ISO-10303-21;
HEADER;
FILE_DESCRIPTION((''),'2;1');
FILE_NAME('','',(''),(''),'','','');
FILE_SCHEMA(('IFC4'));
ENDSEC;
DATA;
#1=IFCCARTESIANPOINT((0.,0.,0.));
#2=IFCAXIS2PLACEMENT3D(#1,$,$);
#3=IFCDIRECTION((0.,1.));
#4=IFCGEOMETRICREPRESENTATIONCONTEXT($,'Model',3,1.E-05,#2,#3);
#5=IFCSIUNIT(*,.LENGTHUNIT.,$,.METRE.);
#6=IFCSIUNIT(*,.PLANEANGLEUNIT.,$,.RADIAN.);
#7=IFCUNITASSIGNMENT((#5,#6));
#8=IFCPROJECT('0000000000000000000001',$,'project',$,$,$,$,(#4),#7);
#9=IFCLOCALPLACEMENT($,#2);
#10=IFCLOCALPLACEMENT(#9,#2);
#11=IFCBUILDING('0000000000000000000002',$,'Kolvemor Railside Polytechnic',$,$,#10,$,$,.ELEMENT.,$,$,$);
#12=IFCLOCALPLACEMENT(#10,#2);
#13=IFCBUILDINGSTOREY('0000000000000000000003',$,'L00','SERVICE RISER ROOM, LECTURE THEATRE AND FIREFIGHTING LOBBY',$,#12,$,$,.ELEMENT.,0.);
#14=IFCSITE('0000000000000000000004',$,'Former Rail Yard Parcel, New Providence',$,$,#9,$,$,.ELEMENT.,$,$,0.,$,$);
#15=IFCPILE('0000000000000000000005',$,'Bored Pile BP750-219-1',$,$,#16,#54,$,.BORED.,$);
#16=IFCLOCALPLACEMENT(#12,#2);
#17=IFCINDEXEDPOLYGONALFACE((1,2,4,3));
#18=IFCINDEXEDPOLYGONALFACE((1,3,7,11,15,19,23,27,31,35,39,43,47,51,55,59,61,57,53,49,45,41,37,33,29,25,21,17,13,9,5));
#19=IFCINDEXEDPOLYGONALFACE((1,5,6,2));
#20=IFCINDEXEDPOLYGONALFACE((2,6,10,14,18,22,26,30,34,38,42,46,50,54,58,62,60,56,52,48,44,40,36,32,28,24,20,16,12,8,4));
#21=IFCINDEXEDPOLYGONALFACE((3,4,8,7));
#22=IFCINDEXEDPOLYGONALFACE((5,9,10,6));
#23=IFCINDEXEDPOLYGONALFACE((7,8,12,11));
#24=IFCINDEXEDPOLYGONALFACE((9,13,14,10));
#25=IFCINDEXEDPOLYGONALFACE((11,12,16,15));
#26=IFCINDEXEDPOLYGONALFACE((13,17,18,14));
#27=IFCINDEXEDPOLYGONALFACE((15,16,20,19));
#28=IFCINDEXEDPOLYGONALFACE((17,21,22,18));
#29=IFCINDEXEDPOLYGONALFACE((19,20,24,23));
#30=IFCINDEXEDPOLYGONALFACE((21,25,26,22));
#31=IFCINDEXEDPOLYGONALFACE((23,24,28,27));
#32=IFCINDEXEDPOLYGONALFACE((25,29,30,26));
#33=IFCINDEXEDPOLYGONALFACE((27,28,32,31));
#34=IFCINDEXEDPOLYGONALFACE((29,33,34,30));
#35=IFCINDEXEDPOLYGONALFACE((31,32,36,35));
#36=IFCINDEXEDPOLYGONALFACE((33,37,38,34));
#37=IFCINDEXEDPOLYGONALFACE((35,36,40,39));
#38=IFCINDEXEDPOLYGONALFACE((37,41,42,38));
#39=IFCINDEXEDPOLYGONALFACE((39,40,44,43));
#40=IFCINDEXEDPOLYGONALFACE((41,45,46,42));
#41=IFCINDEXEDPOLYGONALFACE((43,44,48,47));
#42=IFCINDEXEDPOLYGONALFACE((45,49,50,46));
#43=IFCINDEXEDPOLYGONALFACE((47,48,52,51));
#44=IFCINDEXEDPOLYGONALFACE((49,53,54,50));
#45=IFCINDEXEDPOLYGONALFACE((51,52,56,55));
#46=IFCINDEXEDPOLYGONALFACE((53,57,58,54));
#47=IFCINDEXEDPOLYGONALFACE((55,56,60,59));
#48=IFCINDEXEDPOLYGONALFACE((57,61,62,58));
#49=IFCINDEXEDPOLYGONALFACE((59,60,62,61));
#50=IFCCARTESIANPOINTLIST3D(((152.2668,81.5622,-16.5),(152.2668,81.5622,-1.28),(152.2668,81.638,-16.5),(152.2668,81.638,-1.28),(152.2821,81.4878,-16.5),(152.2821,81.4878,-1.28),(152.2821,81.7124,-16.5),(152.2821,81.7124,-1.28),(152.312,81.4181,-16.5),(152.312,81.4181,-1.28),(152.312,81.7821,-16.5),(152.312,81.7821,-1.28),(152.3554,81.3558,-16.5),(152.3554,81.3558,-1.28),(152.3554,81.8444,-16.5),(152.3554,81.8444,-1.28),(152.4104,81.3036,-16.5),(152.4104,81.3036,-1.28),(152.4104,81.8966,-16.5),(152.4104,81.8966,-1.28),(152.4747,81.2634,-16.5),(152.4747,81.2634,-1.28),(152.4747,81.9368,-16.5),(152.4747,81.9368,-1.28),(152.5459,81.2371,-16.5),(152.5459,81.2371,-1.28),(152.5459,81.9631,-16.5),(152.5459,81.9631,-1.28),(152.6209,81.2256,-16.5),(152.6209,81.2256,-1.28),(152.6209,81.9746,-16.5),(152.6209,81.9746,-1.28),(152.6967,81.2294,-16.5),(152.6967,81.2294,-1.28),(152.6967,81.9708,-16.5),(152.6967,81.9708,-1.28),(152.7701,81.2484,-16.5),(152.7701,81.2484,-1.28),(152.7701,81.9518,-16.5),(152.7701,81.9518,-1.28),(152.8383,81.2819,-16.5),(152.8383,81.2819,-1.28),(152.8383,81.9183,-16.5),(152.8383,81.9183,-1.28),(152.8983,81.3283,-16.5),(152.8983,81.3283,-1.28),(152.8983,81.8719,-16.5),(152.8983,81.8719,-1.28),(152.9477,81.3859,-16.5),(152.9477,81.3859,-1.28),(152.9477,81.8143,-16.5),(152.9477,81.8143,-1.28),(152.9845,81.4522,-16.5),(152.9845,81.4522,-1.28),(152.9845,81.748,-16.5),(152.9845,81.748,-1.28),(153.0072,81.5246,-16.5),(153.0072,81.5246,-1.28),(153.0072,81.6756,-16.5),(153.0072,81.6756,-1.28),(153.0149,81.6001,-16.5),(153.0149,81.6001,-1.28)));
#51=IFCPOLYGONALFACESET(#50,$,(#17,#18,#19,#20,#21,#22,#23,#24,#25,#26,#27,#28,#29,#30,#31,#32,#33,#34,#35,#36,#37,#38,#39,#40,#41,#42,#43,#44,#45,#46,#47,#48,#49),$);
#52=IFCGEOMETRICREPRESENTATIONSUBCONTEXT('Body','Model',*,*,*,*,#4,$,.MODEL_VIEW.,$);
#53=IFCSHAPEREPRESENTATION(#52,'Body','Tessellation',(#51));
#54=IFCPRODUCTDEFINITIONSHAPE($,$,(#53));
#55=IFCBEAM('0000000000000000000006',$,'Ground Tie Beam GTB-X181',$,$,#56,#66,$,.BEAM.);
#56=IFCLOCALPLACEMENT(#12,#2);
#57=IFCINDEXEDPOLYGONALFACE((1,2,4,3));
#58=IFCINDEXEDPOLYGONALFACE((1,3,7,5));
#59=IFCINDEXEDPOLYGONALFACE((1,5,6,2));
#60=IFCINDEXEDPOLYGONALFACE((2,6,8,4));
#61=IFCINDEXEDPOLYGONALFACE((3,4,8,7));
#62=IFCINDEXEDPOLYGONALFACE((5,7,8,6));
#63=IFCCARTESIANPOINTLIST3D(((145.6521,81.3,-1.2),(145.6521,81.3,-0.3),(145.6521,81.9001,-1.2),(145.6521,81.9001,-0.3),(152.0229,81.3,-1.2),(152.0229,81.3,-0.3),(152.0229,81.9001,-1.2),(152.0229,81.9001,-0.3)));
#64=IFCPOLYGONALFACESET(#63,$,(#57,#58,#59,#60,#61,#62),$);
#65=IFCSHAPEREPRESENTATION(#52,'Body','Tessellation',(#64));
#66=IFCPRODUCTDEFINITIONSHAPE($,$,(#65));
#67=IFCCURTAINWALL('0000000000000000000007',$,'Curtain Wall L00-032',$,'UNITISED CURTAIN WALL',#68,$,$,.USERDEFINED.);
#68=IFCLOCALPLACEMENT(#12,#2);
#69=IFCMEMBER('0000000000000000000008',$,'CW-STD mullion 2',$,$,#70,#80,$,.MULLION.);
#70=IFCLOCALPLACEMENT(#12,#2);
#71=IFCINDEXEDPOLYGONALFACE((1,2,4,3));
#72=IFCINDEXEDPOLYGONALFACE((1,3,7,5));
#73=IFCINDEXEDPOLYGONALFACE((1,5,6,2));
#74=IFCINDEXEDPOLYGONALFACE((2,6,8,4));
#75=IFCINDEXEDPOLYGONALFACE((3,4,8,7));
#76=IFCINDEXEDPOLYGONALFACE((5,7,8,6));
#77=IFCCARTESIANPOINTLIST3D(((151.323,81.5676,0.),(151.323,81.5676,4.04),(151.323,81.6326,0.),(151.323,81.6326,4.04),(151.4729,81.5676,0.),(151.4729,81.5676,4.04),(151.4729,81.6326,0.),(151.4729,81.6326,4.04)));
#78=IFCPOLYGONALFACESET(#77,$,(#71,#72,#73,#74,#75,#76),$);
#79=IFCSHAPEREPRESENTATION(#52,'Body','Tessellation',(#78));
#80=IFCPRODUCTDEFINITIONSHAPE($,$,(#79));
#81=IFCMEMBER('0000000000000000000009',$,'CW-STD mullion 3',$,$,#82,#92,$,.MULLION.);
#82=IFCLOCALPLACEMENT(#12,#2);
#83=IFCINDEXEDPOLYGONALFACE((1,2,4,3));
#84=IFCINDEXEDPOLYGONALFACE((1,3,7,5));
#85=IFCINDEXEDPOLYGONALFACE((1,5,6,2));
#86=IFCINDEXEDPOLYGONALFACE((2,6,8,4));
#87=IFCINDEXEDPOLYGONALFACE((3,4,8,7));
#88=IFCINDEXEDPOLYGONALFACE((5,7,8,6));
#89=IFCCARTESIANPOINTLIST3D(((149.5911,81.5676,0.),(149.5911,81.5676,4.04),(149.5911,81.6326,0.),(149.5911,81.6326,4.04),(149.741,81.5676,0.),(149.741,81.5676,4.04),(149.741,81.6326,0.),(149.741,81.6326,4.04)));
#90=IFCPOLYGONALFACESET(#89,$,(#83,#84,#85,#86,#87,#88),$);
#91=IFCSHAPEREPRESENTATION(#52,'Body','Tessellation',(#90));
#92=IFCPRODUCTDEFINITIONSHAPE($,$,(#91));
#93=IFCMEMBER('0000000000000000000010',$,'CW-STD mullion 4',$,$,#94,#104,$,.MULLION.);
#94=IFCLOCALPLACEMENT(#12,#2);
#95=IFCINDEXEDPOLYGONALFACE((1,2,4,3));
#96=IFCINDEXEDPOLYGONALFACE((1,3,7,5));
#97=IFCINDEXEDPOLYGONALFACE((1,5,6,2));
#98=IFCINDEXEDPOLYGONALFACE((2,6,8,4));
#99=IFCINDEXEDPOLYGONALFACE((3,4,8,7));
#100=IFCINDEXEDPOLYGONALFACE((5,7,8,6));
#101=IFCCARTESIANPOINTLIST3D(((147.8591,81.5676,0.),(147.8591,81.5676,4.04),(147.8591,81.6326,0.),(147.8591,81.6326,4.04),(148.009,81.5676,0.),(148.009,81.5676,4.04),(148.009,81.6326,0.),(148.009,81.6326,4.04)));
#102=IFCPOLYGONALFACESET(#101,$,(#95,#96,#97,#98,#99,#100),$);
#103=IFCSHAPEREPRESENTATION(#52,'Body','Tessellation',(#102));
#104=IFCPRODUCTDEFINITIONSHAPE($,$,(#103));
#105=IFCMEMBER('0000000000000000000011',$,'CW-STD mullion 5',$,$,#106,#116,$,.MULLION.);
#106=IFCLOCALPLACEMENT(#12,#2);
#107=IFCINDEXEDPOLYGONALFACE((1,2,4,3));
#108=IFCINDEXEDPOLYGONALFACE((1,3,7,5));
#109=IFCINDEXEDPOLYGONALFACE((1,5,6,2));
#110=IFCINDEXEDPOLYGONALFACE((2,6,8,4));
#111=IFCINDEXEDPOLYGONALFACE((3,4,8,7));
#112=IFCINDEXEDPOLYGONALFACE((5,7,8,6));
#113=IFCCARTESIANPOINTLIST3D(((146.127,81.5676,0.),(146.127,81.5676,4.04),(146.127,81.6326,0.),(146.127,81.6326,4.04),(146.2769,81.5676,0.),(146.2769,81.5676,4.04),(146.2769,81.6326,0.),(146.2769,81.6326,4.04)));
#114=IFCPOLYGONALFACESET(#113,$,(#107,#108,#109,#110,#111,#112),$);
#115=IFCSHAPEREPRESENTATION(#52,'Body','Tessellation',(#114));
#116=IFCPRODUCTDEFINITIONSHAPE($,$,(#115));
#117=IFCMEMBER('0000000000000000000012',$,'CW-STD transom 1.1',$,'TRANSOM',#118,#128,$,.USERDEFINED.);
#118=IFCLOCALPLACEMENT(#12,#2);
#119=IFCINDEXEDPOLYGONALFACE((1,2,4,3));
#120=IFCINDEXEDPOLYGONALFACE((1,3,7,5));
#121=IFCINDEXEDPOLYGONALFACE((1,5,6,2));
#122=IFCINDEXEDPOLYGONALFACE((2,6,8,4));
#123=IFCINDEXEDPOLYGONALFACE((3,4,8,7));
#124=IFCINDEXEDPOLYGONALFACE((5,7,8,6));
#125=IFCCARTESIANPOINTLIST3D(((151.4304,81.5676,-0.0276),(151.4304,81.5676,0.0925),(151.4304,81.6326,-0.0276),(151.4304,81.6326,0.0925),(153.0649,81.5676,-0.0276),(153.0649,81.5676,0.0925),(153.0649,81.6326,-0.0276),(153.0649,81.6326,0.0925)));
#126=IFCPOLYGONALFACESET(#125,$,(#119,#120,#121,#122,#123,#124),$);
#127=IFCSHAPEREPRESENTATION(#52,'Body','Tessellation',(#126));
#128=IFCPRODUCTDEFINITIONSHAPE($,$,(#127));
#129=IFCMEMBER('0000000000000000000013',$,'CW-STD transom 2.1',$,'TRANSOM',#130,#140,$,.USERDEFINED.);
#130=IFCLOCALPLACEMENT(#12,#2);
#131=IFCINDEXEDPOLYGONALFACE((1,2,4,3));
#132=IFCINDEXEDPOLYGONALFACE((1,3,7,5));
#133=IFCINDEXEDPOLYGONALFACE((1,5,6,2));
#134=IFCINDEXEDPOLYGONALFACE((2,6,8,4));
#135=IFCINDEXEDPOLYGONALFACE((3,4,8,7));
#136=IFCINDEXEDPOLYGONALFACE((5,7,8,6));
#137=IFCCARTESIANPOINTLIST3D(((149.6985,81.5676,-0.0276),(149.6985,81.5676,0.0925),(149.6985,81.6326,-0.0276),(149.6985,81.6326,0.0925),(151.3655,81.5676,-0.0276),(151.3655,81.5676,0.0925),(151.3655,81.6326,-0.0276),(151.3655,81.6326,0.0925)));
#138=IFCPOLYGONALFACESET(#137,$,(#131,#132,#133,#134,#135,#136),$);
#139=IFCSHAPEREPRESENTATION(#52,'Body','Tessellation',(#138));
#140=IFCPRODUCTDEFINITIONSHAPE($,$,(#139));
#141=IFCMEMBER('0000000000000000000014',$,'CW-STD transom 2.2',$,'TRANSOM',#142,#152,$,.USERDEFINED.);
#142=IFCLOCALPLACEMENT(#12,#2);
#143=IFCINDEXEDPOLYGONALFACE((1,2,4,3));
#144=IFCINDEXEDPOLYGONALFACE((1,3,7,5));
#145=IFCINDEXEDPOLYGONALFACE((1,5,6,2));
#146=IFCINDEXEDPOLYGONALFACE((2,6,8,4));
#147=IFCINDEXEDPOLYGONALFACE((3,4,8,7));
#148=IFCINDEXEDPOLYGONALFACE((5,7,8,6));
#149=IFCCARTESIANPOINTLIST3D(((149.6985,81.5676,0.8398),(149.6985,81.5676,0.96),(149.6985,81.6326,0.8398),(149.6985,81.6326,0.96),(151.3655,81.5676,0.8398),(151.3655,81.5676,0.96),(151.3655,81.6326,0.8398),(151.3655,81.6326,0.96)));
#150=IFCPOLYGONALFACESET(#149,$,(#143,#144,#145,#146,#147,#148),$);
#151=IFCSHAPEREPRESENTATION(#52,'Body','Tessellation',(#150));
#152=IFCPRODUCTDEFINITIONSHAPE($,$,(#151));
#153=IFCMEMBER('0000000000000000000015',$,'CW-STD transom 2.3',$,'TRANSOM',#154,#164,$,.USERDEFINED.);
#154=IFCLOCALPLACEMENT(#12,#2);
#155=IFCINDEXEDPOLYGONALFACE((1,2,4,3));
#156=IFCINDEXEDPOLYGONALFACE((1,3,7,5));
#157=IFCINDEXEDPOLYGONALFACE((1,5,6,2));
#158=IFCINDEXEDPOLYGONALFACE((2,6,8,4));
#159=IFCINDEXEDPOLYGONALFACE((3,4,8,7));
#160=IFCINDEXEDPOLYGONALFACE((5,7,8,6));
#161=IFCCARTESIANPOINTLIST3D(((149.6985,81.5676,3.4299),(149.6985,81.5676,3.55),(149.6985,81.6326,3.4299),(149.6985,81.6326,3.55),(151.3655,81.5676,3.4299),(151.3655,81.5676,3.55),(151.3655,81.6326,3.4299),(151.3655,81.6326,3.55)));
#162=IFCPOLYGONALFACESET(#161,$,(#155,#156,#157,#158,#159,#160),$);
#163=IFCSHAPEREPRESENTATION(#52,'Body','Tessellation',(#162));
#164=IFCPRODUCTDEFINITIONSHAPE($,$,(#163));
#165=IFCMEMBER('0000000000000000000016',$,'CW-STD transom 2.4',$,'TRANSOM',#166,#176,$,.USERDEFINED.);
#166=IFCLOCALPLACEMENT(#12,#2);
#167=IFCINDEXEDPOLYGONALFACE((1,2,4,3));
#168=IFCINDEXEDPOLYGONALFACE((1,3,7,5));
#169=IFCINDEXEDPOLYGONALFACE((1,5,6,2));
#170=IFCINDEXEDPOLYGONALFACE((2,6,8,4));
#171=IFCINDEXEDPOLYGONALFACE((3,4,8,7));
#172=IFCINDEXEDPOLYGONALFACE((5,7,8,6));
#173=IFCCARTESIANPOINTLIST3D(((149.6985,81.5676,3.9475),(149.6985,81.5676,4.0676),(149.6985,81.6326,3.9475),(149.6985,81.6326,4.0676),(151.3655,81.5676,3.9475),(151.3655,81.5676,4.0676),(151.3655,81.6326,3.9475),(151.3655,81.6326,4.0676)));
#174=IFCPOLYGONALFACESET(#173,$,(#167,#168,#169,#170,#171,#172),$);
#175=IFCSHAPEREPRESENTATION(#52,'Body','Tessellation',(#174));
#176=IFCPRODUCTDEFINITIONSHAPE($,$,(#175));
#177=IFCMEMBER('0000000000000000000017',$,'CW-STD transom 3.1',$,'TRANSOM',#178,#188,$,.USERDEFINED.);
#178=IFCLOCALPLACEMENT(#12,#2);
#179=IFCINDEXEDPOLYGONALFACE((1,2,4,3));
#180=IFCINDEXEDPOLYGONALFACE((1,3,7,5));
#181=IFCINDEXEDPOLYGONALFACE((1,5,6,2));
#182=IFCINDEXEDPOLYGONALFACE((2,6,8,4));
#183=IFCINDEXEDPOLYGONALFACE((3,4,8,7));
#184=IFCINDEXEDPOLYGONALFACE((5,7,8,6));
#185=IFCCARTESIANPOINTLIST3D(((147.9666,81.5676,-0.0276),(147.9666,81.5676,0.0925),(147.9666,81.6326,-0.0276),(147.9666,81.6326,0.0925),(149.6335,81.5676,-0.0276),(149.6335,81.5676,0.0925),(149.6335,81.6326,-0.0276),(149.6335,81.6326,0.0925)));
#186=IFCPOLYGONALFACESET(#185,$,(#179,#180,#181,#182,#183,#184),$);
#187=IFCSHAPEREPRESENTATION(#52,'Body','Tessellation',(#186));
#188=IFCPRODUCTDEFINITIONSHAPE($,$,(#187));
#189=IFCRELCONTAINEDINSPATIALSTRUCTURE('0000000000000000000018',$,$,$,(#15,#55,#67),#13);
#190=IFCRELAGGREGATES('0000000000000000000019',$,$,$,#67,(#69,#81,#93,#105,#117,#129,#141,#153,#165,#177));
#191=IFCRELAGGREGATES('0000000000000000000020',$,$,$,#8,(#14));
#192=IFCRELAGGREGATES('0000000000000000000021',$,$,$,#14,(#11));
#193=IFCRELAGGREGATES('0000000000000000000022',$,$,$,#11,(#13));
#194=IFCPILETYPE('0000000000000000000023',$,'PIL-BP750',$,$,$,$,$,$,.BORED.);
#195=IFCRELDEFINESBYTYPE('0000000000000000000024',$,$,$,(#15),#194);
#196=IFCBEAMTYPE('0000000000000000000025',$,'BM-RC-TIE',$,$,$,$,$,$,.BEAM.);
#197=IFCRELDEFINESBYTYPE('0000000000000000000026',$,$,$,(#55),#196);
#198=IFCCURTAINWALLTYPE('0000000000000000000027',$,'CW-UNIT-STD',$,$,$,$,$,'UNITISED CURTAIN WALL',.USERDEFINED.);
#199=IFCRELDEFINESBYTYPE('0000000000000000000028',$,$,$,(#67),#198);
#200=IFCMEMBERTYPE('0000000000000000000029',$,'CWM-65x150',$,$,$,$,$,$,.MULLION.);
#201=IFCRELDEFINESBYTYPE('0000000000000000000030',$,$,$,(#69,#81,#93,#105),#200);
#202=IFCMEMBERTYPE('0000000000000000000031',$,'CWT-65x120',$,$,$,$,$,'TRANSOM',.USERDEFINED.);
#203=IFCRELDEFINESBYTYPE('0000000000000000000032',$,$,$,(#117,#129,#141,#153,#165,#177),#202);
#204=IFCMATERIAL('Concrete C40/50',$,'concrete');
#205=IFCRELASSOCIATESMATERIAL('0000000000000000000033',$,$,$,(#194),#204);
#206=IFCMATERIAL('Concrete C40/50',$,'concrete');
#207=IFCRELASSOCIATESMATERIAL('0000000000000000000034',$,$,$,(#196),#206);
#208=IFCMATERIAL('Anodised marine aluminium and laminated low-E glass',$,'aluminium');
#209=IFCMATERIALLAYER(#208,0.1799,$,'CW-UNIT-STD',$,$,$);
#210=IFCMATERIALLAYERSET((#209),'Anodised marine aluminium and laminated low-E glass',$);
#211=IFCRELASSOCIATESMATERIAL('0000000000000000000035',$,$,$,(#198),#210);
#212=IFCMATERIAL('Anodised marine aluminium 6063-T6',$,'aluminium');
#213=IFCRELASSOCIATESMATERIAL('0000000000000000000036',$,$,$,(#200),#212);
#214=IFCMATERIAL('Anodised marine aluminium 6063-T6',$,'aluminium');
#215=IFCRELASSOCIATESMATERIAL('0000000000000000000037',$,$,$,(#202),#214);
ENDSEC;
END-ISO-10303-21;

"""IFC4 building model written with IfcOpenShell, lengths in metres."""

from ifc_helpers import new_model, si_unit, direction, frame, origin, origin_2d, place, context, subcontext, project, spatial, rectangle, circle, extrude, material, layer, layer_set, material_profile, profile_set, type_object, element, aggregate, save


model = new_model("IFC4")

# Units and contexts
model_context = context("Model", 3, precision=1e-05, world=origin(), true_north=direction((0.0, 1.0)))
body_context = subcontext(model_context, "Body", "Model", "MODEL_VIEW")
ifc_project = project(units=[si_unit("LENGTHUNIT", "METRE"), si_unit("PLANEANGLEUNIT", "RADIAN")], contexts=[model_context])

# Site, building, storey
site_placement = place(None, origin())
site = spatial("IfcSite", under=ifc_project, at=site_placement, Name="Former Rail Yard Parcel, New Providence", CompositionType="ELEMENT", RefElevation=0.0)
building_placement = place(site_placement, origin())
building = spatial("IfcBuilding", under=site, at=building_placement, Name="Kolvemor Railside Polytechnic", CompositionType="ELEMENT")
storey_placement = place(building_placement, origin())
storey = spatial("IfcBuildingStorey", under=building, at=storey_placement, Name="L00", Description="SERVICE RISER ROOM, LECTURE THEATRE AND FIREFIGHTING LOBBY", CompositionType="ELEMENT", Elevation=0.0)

# Pile
ifc_material_1 = material(Name="Concrete C40/50", Category="concrete")
ifc_material_profile_1 = material_profile(ifc_material_1, circle(Radius=0.375, at=origin_2d()), Name="BP750")
ifc_profile_set_1 = profile_set([ifc_material_profile_1], Name="Concrete C40/50")
pile_type = type_object("IfcPileType", Name="PIL-BP750", PredefinedType="BORED", material=ifc_profile_set_1)
pile_placement = place(storey_placement, frame((152.6399, 81.6001, -1.28), z_axis=(0.0, 0.0, -1.0), x_axis=(1.0, 0.0, 0.0)))
element("IfcPile", 1, at=pile_placement, inside=storey, type_object=pile_type, Name="Bored Pile BP750-219-1", PredefinedType="BORED", context=body_context, shape_type="SweptSolid", body=[
    extrude(circle(Radius=0.375, at=origin_2d()), origin(), (0.0, 0.0, 1.0), 15.22),
])

# Beam
ifc_material_2 = material(Name="Concrete C40/50", Category="concrete")
ifc_material_profile_2 = material_profile(ifc_material_2, rectangle(XDim=0.6001, YDim=0.8999, at=origin_2d()), Name="RC600x900")
ifc_profile_set_2 = profile_set([ifc_material_profile_2], Name="Concrete C40/50")
beam_type = type_object("IfcBeamType", Name="BM-RC-TIE", PredefinedType="BEAM", material=ifc_profile_set_2)
beam_placement = place(storey_placement, frame((145.6521, 81.6001, -0.75), z_axis=(1.0, 0.0, 0.0), x_axis=(0.0, 1.0, 0.0)))
element("IfcBeam", 2, at=beam_placement, inside=storey, type_object=beam_type, Name="Ground Tie Beam GTB-X181", PredefinedType="BEAM", context=body_context, shape_type="SweptSolid", body=[
    extrude(rectangle(XDim=0.6001, YDim=0.8999, at=origin_2d()), origin(), (0.0, 0.0, 1.0), 6.3708),
])

# Curtain wall, members
ifc_material_3 = material(Name="Anodised marine aluminium and laminated low-E glass", Category="aluminium")
ifc_layer_1 = layer(ifc_material_3, 0.1799, Name="CW-UNIT-STD")
ifc_layer_set_1 = layer_set([ifc_layer_1], Name="Anodised marine aluminium and laminated low-E glass")
curtain_wall_type = type_object("IfcCurtainWallType", Name="CW-UNIT-STD", ElementType="UNITISED CURTAIN WALL", PredefinedType="USERDEFINED", material=ifc_layer_set_1)
curtain_wall_placement = place(storey_placement, origin())
curtain_wall = element("IfcCurtainWall", 3, at=curtain_wall_placement, inside=storey, type_object=curtain_wall_type, Name="Curtain Wall L00-032", ObjectType="UNITISED CURTAIN WALL", PredefinedType="USERDEFINED")
ifc_material_4 = material(Name="Anodised marine aluminium 6063-T6", Category="aluminium")
ifc_material_profile_3 = material_profile(ifc_material_4, rectangle(XDim=0.0649, YDim=0.1499, at=origin_2d()), Name="CW-MUL-65x150")
ifc_profile_set_3 = profile_set([ifc_material_profile_3], Name="Anodised marine aluminium 6063-T6")
member_type_1 = type_object("IfcMemberType", Name="CWM-65x150", PredefinedType="MULLION", material=ifc_profile_set_3)
member_1_placement = place(storey_placement, frame((151.3979, 81.6001, 0.0), z_axis=(0.0, 0.0, 1.0), x_axis=(0.0, -1.0, 0.0)))
member_1 = element("IfcMember", 4, at=member_1_placement, type_object=member_type_1, Name="CW-STD mullion 2", PredefinedType="MULLION", context=body_context, shape_type="SweptSolid", body=[
    extrude(rectangle(XDim=0.0649, YDim=0.1499, at=origin_2d()), origin(), (0.0, 0.0, 1.0), 4.04),
])
member_2_placement = place(storey_placement, frame((149.666, 81.6001, 0.0), z_axis=(0.0, 0.0, 1.0), x_axis=(0.0, -1.0, 0.0)))
member_2 = element("IfcMember", 5, at=member_2_placement, type_object=member_type_1, Name="CW-STD mullion 3", PredefinedType="MULLION", context=body_context, shape_type="SweptSolid", body=[
    extrude(rectangle(XDim=0.0649, YDim=0.1499, at=origin_2d()), origin(), (0.0, 0.0, 1.0), 4.04),
])
member_3_placement = place(storey_placement, frame((147.9341, 81.6001, 0.0), z_axis=(0.0, 0.0, 1.0), x_axis=(0.0, -1.0, 0.0)))
member_3 = element("IfcMember", 6, at=member_3_placement, type_object=member_type_1, Name="CW-STD mullion 4", PredefinedType="MULLION", context=body_context, shape_type="SweptSolid", body=[
    extrude(rectangle(XDim=0.0649, YDim=0.1499, at=origin_2d()), origin(), (0.0, 0.0, 1.0), 4.04),
])
member_4_placement = place(storey_placement, frame((146.2019, 81.6001, 0.0), z_axis=(0.0, 0.0, 1.0), x_axis=(0.0, -1.0, 0.0)))
member_4 = element("IfcMember", 7, at=member_4_placement, type_object=member_type_1, Name="CW-STD mullion 5", PredefinedType="MULLION", context=body_context, shape_type="SweptSolid", body=[
    extrude(rectangle(XDim=0.0649, YDim=0.1499, at=origin_2d()), origin(), (0.0, 0.0, 1.0), 4.04),
])
ifc_material_5 = material(Name="Anodised marine aluminium 6063-T6", Category="aluminium")
ifc_material_profile_4 = material_profile(ifc_material_5, rectangle(XDim=0.0649, YDim=0.1201, at=origin_2d()), Name="CW-TRN-65x120")
ifc_profile_set_4 = profile_set([ifc_material_profile_4], Name="Anodised marine aluminium 6063-T6")
member_type_2 = type_object("IfcMemberType", Name="CWT-65x120", ElementType="TRANSOM", PredefinedType="USERDEFINED", material=ifc_profile_set_4)
member_5_placement = place(storey_placement, frame((153.0649, 81.6001, 0.0325), z_axis=(-1.0, 0.0, 0.0), x_axis=(0.0, -1.0, 0.0)))
member_5 = element("IfcMember", 8, at=member_5_placement, type_object=member_type_2, Name="CW-STD transom 1.1", ObjectType="TRANSOM", PredefinedType="USERDEFINED", context=body_context, shape_type="SweptSolid", body=[
    extrude(rectangle(XDim=0.0649, YDim=0.1201, at=origin_2d()), origin(), (0.0, 0.0, 1.0), 1.6345),
])
member_6_placement = place(storey_placement, frame((151.3655, 81.6001, 0.0325), z_axis=(-1.0, 0.0, 0.0), x_axis=(0.0, -1.0, 0.0)))
member_6 = element("IfcMember", 9, at=member_6_placement, type_object=member_type_2, Name="CW-STD transom 2.1", ObjectType="TRANSOM", PredefinedType="USERDEFINED", context=body_context, shape_type="SweptSolid", body=[
    extrude(rectangle(XDim=0.0649, YDim=0.1201, at=origin_2d()), origin(), (0.0, 0.0, 1.0), 1.667),
])
member_7_placement = place(storey_placement, frame((151.3655, 81.6001, 0.8999), z_axis=(-1.0, 0.0, 0.0), x_axis=(0.0, -1.0, 0.0)))
member_7 = element("IfcMember", 10, at=member_7_placement, type_object=member_type_2, Name="CW-STD transom 2.2", ObjectType="TRANSOM", PredefinedType="USERDEFINED", context=body_context, shape_type="SweptSolid", body=[
    extrude(rectangle(XDim=0.0649, YDim=0.1201, at=origin_2d()), origin(), (0.0, 0.0, 1.0), 1.667),
])
member_8_placement = place(storey_placement, frame((151.3655, 81.6001, 3.49), z_axis=(-1.0, 0.0, 0.0), x_axis=(0.0, -1.0, 0.0)))
member_8 = element("IfcMember", 11, at=member_8_placement, type_object=member_type_2, Name="CW-STD transom 2.3", ObjectType="TRANSOM", PredefinedType="USERDEFINED", context=body_context, shape_type="SweptSolid", body=[
    extrude(rectangle(XDim=0.0649, YDim=0.1201, at=origin_2d()), origin(), (0.0, 0.0, 1.0), 1.667),
])
member_9_placement = place(storey_placement, frame((151.3655, 81.6001, 4.0076), z_axis=(-1.0, 0.0, 0.0), x_axis=(0.0, -1.0, 0.0)))
member_9 = element("IfcMember", 12, at=member_9_placement, type_object=member_type_2, Name="CW-STD transom 2.4", ObjectType="TRANSOM", PredefinedType="USERDEFINED", context=body_context, shape_type="SweptSolid", body=[
    extrude(rectangle(XDim=0.0649, YDim=0.1201, at=origin_2d()), origin(), (0.0, 0.0, 1.0), 1.667),
])
member_10_placement = place(storey_placement, frame((149.6335, 81.6001, 0.0325), z_axis=(-1.0, 0.0, 0.0), x_axis=(0.0, -1.0, 0.0)))
member_10 = element("IfcMember", 13, at=member_10_placement, type_object=member_type_2, Name="CW-STD transom 3.1", ObjectType="TRANSOM", PredefinedType="USERDEFINED", context=body_context, shape_type="SweptSolid", body=[
    extrude(rectangle(XDim=0.0649, YDim=0.1201, at=origin_2d()), origin(), (0.0, 0.0, 1.0), 1.667),
])
aggregate(curtain_wall, [member_1, member_2, member_3, member_4, member_5, member_6, member_7, member_8, member_9, member_10])

save(model, "model.ifc")
